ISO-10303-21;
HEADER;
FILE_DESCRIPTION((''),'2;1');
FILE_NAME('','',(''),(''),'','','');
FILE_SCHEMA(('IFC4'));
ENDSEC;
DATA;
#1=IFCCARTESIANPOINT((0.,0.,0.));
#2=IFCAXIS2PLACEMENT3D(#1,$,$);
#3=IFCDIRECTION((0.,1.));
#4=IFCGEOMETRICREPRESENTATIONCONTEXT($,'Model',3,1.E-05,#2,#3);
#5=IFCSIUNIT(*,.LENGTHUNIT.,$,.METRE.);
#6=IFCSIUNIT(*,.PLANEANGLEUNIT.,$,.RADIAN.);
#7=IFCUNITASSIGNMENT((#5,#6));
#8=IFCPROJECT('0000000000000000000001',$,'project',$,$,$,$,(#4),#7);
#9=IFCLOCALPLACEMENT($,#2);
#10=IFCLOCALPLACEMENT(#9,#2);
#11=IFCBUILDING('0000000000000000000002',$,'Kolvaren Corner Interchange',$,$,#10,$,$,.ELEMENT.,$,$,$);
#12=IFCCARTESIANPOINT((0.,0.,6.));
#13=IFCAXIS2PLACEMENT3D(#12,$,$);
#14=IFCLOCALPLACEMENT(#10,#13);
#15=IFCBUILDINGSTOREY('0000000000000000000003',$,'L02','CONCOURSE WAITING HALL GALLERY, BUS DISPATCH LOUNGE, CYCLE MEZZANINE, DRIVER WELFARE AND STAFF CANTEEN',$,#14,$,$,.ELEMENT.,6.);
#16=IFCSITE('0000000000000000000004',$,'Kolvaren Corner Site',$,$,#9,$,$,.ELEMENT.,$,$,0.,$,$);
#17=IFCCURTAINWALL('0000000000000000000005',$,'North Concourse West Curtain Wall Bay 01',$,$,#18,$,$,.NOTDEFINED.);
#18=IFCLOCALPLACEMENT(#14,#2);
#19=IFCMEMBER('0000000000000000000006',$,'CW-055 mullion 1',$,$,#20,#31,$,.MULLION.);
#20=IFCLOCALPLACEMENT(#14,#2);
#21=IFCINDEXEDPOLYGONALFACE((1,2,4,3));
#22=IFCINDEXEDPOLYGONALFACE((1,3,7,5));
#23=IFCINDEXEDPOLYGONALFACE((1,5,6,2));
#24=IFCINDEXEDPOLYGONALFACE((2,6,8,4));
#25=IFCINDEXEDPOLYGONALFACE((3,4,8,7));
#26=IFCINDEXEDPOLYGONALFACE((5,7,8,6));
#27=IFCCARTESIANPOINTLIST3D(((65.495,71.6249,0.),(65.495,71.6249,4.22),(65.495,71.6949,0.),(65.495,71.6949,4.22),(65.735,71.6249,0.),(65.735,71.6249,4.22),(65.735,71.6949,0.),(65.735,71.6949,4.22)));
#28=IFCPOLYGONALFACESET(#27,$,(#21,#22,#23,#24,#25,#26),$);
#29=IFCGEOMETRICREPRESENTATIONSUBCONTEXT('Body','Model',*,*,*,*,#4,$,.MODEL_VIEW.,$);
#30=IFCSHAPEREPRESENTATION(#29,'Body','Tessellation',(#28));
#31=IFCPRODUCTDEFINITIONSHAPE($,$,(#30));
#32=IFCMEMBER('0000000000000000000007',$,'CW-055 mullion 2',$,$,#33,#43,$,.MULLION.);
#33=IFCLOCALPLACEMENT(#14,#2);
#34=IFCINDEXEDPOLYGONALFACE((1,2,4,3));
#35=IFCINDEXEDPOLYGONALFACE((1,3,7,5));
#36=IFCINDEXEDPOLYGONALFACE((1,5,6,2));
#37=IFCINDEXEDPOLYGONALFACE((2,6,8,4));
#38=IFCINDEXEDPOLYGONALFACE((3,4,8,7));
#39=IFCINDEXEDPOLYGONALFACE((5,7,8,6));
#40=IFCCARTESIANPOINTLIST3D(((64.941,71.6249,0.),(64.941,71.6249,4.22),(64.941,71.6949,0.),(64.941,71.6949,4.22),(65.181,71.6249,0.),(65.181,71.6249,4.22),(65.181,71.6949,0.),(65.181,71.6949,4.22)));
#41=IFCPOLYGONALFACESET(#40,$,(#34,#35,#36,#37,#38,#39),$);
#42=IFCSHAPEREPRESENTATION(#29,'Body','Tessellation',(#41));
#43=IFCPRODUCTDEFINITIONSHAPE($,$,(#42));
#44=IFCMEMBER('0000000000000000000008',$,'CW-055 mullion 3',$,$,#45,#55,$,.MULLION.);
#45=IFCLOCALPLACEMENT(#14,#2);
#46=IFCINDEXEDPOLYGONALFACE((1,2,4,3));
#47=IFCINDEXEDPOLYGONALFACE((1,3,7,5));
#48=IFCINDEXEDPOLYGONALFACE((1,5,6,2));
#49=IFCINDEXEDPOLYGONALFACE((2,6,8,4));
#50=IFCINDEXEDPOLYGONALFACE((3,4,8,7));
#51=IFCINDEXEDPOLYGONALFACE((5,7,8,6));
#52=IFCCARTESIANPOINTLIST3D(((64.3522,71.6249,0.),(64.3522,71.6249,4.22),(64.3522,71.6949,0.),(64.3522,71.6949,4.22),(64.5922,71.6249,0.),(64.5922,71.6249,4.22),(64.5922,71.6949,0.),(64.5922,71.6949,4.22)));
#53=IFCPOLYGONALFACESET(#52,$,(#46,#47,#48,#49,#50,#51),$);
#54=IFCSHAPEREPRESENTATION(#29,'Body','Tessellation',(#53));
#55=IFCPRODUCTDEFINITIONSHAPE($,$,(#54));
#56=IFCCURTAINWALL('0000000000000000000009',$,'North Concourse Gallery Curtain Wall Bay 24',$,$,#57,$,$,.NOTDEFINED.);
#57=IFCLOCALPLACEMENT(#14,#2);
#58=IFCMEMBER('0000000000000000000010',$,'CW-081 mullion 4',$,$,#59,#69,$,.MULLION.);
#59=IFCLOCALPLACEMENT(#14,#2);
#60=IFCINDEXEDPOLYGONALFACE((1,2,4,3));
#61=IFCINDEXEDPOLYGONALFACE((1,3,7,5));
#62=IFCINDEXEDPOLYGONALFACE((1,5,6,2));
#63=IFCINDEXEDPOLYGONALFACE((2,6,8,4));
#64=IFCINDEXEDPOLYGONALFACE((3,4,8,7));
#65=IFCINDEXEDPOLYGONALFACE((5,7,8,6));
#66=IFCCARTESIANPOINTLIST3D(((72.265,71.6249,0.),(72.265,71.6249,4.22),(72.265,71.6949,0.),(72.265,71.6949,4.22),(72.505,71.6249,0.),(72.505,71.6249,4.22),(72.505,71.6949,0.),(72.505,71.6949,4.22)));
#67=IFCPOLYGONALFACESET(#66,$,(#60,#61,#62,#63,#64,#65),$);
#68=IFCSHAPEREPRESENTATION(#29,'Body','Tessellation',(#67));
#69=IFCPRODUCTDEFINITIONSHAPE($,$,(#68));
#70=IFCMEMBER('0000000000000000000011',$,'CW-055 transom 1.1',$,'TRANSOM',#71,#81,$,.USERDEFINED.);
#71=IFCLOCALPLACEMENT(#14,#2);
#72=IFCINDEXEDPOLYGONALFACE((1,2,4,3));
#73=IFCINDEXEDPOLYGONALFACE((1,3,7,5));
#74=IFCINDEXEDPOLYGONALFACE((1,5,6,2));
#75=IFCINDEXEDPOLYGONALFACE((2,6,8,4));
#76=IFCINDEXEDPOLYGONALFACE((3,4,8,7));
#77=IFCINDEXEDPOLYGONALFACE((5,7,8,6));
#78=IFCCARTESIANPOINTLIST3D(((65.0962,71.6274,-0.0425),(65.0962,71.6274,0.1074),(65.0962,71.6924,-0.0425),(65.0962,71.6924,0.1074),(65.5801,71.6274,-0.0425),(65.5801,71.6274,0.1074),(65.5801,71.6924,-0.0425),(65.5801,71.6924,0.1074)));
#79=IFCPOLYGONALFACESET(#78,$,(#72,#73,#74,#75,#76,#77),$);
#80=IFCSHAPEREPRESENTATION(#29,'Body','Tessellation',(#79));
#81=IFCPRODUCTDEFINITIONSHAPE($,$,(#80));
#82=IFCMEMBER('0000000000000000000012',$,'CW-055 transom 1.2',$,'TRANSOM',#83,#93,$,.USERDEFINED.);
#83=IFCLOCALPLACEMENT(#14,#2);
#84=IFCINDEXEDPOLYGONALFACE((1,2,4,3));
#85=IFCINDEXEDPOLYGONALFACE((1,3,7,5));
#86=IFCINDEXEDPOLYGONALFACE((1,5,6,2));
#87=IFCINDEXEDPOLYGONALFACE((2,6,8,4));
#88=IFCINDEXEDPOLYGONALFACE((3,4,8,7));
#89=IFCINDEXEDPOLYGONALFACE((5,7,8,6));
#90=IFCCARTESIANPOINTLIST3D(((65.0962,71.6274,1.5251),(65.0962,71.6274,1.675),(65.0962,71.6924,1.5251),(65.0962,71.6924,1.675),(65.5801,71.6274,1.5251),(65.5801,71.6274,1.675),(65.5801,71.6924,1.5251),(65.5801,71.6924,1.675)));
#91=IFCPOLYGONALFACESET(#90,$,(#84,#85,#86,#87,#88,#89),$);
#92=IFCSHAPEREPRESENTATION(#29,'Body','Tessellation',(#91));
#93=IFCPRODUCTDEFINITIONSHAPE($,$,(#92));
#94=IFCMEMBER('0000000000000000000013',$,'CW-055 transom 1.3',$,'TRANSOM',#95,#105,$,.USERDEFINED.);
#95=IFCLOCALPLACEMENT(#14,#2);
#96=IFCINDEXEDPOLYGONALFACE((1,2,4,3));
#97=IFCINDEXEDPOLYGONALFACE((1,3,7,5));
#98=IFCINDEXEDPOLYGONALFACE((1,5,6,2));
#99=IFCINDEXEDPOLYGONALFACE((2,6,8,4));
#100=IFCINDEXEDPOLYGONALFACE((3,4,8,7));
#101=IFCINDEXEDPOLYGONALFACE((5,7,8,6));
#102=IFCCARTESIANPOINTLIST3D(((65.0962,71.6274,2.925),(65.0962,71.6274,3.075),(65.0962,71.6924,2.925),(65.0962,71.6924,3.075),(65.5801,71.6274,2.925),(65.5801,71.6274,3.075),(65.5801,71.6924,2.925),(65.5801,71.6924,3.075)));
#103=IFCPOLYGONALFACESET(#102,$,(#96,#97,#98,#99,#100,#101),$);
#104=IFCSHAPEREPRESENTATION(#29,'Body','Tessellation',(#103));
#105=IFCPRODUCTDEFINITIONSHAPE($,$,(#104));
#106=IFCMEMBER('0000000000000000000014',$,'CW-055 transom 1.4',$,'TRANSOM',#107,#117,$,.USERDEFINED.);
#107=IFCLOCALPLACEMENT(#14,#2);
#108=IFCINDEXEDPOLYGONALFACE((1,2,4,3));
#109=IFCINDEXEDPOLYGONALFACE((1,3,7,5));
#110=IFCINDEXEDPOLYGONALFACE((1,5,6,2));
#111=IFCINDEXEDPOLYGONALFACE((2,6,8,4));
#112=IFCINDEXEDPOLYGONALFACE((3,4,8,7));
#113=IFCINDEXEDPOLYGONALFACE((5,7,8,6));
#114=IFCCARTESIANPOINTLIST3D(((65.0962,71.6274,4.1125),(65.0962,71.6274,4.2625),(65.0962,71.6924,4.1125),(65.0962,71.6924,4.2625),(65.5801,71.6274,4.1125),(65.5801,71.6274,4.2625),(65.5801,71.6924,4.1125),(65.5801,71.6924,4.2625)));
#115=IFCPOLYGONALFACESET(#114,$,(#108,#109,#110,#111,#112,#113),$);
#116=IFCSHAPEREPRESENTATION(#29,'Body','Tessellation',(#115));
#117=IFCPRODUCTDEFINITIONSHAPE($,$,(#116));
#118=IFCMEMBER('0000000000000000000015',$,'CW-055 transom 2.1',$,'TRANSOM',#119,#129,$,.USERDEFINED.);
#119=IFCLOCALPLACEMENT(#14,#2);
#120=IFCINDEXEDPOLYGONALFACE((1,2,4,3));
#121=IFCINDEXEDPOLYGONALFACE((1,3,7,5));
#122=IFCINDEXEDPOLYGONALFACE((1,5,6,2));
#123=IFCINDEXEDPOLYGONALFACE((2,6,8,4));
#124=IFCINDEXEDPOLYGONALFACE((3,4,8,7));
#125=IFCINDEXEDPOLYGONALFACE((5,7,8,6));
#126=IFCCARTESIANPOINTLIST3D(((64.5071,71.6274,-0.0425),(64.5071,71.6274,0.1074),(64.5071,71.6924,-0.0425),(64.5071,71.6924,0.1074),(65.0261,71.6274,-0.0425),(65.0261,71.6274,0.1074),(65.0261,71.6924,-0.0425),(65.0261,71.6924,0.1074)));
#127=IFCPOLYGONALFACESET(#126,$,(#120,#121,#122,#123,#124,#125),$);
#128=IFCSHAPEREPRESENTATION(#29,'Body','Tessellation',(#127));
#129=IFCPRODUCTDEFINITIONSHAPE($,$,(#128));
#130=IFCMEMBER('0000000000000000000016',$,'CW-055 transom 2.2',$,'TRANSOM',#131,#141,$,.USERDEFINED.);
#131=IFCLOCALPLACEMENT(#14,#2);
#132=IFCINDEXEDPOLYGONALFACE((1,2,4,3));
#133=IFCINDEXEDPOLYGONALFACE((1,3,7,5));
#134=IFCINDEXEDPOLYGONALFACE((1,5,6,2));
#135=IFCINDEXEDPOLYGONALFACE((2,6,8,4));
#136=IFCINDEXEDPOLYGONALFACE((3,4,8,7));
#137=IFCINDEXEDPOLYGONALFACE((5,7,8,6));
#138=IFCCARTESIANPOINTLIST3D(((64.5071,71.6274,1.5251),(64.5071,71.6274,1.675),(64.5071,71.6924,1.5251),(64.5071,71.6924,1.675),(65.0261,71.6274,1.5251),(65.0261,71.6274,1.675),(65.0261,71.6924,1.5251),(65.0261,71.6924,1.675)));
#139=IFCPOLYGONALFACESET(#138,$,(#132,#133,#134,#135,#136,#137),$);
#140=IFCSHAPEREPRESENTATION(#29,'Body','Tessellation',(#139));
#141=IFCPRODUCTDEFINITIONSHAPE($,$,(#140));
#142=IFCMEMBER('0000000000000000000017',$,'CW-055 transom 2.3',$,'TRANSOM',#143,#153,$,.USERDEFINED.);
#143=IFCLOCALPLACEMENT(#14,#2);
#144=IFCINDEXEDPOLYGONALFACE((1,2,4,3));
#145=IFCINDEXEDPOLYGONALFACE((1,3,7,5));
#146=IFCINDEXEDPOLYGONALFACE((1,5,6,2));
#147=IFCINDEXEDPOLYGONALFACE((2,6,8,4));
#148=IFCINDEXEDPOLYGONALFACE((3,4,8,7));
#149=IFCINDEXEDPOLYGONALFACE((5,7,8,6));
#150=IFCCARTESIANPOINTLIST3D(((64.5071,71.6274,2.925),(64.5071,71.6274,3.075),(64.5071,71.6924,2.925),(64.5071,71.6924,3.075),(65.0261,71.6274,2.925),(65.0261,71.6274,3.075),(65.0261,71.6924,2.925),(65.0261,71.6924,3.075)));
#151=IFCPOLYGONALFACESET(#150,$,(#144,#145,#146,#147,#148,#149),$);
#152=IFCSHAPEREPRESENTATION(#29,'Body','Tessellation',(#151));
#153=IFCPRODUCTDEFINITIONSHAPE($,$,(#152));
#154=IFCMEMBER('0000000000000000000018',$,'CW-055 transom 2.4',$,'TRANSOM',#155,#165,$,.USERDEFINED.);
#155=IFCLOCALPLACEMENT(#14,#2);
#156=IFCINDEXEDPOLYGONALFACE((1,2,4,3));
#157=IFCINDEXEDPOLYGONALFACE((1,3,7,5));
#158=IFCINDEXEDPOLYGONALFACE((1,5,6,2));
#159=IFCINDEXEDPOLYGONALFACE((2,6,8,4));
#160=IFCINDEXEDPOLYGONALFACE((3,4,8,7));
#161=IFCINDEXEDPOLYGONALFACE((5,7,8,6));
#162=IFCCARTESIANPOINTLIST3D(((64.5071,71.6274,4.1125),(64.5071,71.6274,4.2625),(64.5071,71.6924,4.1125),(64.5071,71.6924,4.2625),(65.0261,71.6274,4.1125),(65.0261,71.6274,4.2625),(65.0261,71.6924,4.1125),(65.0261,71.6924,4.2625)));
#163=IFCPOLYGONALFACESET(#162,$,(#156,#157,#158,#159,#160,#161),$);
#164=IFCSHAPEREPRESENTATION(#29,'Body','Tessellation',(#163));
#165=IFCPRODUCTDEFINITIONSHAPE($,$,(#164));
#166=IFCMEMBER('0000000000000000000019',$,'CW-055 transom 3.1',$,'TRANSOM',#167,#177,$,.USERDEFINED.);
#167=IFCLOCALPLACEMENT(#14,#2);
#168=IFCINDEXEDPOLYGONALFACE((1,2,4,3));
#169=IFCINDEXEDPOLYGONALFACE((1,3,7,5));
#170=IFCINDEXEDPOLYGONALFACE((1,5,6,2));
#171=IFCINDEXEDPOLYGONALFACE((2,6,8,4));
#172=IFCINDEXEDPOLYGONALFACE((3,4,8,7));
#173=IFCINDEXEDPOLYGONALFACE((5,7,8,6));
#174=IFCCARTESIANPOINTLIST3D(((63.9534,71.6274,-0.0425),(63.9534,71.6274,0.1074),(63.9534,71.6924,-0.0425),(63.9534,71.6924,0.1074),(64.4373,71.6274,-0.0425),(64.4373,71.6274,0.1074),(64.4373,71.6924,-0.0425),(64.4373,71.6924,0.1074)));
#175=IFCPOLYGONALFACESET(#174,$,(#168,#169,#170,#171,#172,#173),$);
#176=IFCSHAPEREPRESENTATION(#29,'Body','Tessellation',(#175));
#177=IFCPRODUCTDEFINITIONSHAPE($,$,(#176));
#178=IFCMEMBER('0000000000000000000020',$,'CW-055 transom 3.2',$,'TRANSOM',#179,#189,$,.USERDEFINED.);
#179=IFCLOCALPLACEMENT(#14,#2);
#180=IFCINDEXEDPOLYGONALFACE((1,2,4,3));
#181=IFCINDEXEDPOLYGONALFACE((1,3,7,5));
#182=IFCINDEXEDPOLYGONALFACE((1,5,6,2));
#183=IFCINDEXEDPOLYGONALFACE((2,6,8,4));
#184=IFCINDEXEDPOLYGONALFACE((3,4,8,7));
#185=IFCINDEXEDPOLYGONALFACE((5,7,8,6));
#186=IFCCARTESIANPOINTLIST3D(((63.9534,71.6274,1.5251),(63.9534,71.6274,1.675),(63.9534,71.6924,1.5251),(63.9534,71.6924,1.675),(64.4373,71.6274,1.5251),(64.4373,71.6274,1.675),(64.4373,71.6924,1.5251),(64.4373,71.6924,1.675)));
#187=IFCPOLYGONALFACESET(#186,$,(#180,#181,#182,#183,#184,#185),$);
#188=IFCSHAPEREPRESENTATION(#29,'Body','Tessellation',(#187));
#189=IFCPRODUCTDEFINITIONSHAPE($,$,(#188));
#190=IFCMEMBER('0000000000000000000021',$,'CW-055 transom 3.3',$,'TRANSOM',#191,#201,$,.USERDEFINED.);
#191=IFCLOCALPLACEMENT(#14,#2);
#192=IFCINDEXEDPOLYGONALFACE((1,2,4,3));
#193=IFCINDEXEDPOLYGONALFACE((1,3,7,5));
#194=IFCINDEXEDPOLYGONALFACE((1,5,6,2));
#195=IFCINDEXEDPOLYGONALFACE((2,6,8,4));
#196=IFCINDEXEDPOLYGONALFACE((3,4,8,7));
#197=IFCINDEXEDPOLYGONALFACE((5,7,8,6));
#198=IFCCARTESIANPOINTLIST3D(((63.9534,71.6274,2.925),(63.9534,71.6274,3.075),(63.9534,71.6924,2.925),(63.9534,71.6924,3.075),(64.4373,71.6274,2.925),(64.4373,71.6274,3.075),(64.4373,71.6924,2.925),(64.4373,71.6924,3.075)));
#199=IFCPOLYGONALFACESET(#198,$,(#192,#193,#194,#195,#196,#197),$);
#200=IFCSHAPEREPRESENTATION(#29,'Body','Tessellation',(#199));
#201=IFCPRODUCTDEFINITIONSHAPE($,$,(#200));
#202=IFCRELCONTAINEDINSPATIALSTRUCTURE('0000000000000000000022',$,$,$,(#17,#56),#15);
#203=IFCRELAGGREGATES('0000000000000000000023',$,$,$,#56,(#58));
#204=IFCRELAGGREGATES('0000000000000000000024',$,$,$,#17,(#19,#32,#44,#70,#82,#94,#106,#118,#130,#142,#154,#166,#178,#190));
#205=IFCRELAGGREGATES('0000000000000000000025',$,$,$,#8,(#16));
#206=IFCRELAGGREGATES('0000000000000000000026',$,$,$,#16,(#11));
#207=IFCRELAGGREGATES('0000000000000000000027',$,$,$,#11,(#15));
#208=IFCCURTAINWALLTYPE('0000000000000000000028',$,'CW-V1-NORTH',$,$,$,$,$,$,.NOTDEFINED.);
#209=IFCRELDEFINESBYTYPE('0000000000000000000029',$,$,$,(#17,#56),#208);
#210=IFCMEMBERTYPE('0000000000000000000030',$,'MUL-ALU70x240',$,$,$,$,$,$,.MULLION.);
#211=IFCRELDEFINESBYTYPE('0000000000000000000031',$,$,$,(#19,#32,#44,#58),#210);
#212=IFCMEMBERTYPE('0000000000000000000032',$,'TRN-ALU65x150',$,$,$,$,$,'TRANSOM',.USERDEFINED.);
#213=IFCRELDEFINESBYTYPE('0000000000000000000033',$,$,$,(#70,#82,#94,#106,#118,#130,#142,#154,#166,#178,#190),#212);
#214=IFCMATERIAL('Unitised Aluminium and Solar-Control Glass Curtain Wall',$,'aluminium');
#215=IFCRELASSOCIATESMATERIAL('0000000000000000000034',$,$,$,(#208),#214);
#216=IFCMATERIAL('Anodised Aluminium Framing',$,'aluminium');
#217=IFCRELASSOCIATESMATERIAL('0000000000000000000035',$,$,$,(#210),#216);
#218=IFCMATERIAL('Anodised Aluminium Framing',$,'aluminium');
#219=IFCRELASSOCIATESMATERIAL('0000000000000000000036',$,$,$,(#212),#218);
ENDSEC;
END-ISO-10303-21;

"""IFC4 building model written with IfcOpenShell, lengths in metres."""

from ifc_helpers import new_model, si_unit, direction, frame, origin, origin_2d, place, context, subcontext, project, spatial, rectangle, extrude, material, material_profile, profile_set, type_object, element, aggregate, save


model = new_model("IFC4")

# Units and contexts
model_context = context("Model", 3, precision=1e-05, world=origin(), true_north=direction((0.0, 1.0)))
body_context = subcontext(model_context, "Body", "Model", "MODEL_VIEW")
ifc_project = project(units=[si_unit("LENGTHUNIT", "METRE"), si_unit("PLANEANGLEUNIT", "RADIAN")], contexts=[model_context])

# Site, building, storey
site_placement = place(None, origin())
site = spatial("IfcSite", under=ifc_project, at=site_placement, Name="Kolvaren Corner Site", CompositionType="ELEMENT", RefElevation=0.0)
building_placement = place(site_placement, origin())
building = spatial("IfcBuilding", under=site, at=building_placement, Name="Kolvaren Corner Interchange", CompositionType="ELEMENT")
storey_placement = place(building_placement, frame((0.0, 0.0, 6.0)))
storey = spatial("IfcBuildingStorey", under=building, at=storey_placement, Name="L02", Description="CONCOURSE WAITING HALL GALLERY, BUS DISPATCH LOUNGE, CYCLE MEZZANINE, DRIVER WELFARE AND STAFF CANTEEN", CompositionType="ELEMENT", Elevation=6.0)

# Curtain wall, members
ifc_material_1 = material(Name="Unitised Aluminium and Solar-Control Glass Curtain Wall", Category="aluminium")
curtain_wall_type = type_object("IfcCurtainWallType", Name="CW-V1-NORTH", PredefinedType="NOTDEFINED", material=ifc_material_1)
curtain_wall_1_placement = place(storey_placement, origin())
curtain_wall_1 = element("IfcCurtainWall", 1, at=curtain_wall_1_placement, inside=storey, type_object=curtain_wall_type, Name="North Concourse West Curtain Wall Bay 01", PredefinedType="NOTDEFINED")
ifc_material_2 = material(Name="Anodised Aluminium Framing", Category="aluminium")
ifc_material_profile_1 = material_profile(ifc_material_2, rectangle(XDim=0.0701, YDim=0.24, at=origin_2d()), Name="ALU 70x240")
ifc_profile_set_1 = profile_set([ifc_material_profile_1], Name="Anodised Aluminium Framing")
member_type_1 = type_object("IfcMemberType", Name="MUL-ALU70x240", PredefinedType="MULLION", material=ifc_profile_set_1)
member_1_placement = place(storey_placement, frame((65.615, 71.6599, 0.0), z_axis=(0.0, 0.0, 1.0), x_axis=(0.0, -1.0, 0.0)))
member_1 = element("IfcMember", 2, at=member_1_placement, type_object=member_type_1, Name="CW-055 mullion 1", PredefinedType="MULLION", context=body_context, shape_type="SweptSolid", body=[
    extrude(rectangle(XDim=0.0701, YDim=0.24, at=origin_2d()), origin(), (0.0, 0.0, 1.0), 4.22),
])
member_2_placement = place(storey_placement, frame((65.061, 71.6599, 0.0), z_axis=(0.0, 0.0, 1.0), x_axis=(0.0, -1.0, 0.0)))
member_2 = element("IfcMember", 3, at=member_2_placement, type_object=member_type_1, Name="CW-055 mullion 2", PredefinedType="MULLION", context=body_context, shape_type="SweptSolid", body=[
    extrude(rectangle(XDim=0.0701, YDim=0.24, at=origin_2d()), origin(), (0.0, 0.0, 1.0), 4.22),
])
member_3_placement = place(storey_placement, frame((64.4722, 71.6599, 0.0), z_axis=(0.0, 0.0, 1.0), x_axis=(0.0, -1.0, 0.0)))
member_3 = element("IfcMember", 4, at=member_3_placement, type_object=member_type_1, Name="CW-055 mullion 3", PredefinedType="MULLION", context=body_context, shape_type="SweptSolid", body=[
    extrude(rectangle(XDim=0.0701, YDim=0.24, at=origin_2d()), origin(), (0.0, 0.0, 1.0), 4.22),
])

# Curtain wall, member
curtain_wall_2_placement = place(storey_placement, origin())
curtain_wall_2 = element("IfcCurtainWall", 5, at=curtain_wall_2_placement, inside=storey, type_object=curtain_wall_type, Name="North Concourse Gallery Curtain Wall Bay 24", PredefinedType="NOTDEFINED")
member_4_placement = place(storey_placement, frame((72.385, 71.6599, 0.0), z_axis=(0.0, 0.0, 1.0), x_axis=(0.0, -1.0, 0.0)))
member_4 = element("IfcMember", 6, at=member_4_placement, type_object=member_type_1, Name="CW-081 mullion 4", PredefinedType="MULLION", context=body_context, shape_type="SweptSolid", body=[
    extrude(rectangle(XDim=0.0701, YDim=0.24, at=origin_2d()), origin(), (0.0, 0.0, 1.0), 4.22),
])
aggregate(curtain_wall_2, [member_4])

# Members
ifc_material_3 = material(Name="Anodised Aluminium Framing", Category="aluminium")
ifc_material_profile_2 = material_profile(ifc_material_3, rectangle(XDim=0.0649, YDim=0.1499, at=origin_2d()), Name="ALU 65x150")
ifc_profile_set_2 = profile_set([ifc_material_profile_2], Name="Anodised Aluminium Framing")
member_type_2 = type_object("IfcMemberType", Name="TRN-ALU65x150", ElementType="TRANSOM", PredefinedType="USERDEFINED", material=ifc_profile_set_2)
member_5_placement = place(storey_placement, frame((65.5801, 71.6599, 0.0325), z_axis=(-1.0, 0.0, 0.0), x_axis=(0.0, -1.0, 0.0)))
member_5 = element("IfcMember", 7, at=member_5_placement, type_object=member_type_2, Name="CW-055 transom 1.1", ObjectType="TRANSOM", PredefinedType="USERDEFINED", context=body_context, shape_type="SweptSolid", body=[
    extrude(rectangle(XDim=0.0649, YDim=0.1499, at=origin_2d()), origin(), (0.0, 0.0, 1.0), 0.4839),
])
member_6_placement = place(storey_placement, frame((65.5801, 71.6599, 1.6001), z_axis=(-1.0, 0.0, 0.0), x_axis=(0.0, -1.0, 0.0)))
member_6 = element("IfcMember", 8, at=member_6_placement, type_object=member_type_2, Name="CW-055 transom 1.2", ObjectType="TRANSOM", PredefinedType="USERDEFINED", context=body_context, shape_type="SweptSolid", body=[
    extrude(rectangle(XDim=0.0649, YDim=0.1499, at=origin_2d()), origin(), (0.0, 0.0, 1.0), 0.4839),
])
member_7_placement = place(storey_placement, frame((65.5801, 71.6599, 3.0), z_axis=(-1.0, 0.0, 0.0), x_axis=(0.0, -1.0, 0.0)))
member_7 = element("IfcMember", 9, at=member_7_placement, type_object=member_type_2, Name="CW-055 transom 1.3", ObjectType="TRANSOM", PredefinedType="USERDEFINED", context=body_context, shape_type="SweptSolid", body=[
    extrude(rectangle(XDim=0.0649, YDim=0.1499, at=origin_2d()), origin(), (0.0, 0.0, 1.0), 0.4839),
])
member_8_placement = place(storey_placement, frame((65.5801, 71.6599, 4.1875), z_axis=(-1.0, 0.0, 0.0), x_axis=(0.0, -1.0, 0.0)))
member_8 = element("IfcMember", 10, at=member_8_placement, type_object=member_type_2, Name="CW-055 transom 1.4", ObjectType="TRANSOM", PredefinedType="USERDEFINED", context=body_context, shape_type="SweptSolid", body=[
    extrude(rectangle(XDim=0.0649, YDim=0.1499, at=origin_2d()), origin(), (0.0, 0.0, 1.0), 0.4839),
])
member_9_placement = place(storey_placement, frame((65.0261, 71.6599, 0.0325), z_axis=(-1.0, 0.0, 0.0), x_axis=(0.0, -1.0, 0.0)))
member_9 = element("IfcMember", 11, at=member_9_placement, type_object=member_type_2, Name="CW-055 transom 2.1", ObjectType="TRANSOM", PredefinedType="USERDEFINED", context=body_context, shape_type="SweptSolid", body=[
    extrude(rectangle(XDim=0.0649, YDim=0.1499, at=origin_2d()), origin(), (0.0, 0.0, 1.0), 0.519),
])
member_10_placement = place(storey_placement, frame((65.0261, 71.6599, 1.6001), z_axis=(-1.0, 0.0, 0.0), x_axis=(0.0, -1.0, 0.0)))
member_10 = element("IfcMember", 12, at=member_10_placement, type_object=member_type_2, Name="CW-055 transom 2.2", ObjectType="TRANSOM", PredefinedType="USERDEFINED", context=body_context, shape_type="SweptSolid", body=[
    extrude(rectangle(XDim=0.0649, YDim=0.1499, at=origin_2d()), origin(), (0.0, 0.0, 1.0), 0.519),
])
member_11_placement = place(storey_placement, frame((65.0261, 71.6599, 3.0), z_axis=(-1.0, 0.0, 0.0), x_axis=(0.0, -1.0, 0.0)))
member_11 = element("IfcMember", 13, at=member_11_placement, type_object=member_type_2, Name="CW-055 transom 2.3", ObjectType="TRANSOM", PredefinedType="USERDEFINED", context=body_context, shape_type="SweptSolid", body=[
    extrude(rectangle(XDim=0.0649, YDim=0.1499, at=origin_2d()), origin(), (0.0, 0.0, 1.0), 0.519),
])
member_12_placement = place(storey_placement, frame((65.0261, 71.6599, 4.1875), z_axis=(-1.0, 0.0, 0.0), x_axis=(0.0, -1.0, 0.0)))
member_12 = element("IfcMember", 14, at=member_12_placement, type_object=member_type_2, Name="CW-055 transom 2.4", ObjectType="TRANSOM", PredefinedType="USERDEFINED", context=body_context, shape_type="SweptSolid", body=[
    extrude(rectangle(XDim=0.0649, YDim=0.1499, at=origin_2d()), origin(), (0.0, 0.0, 1.0), 0.519),
])
member_13_placement = place(storey_placement, frame((64.4373, 71.6599, 0.0325), z_axis=(-1.0, 0.0, 0.0), x_axis=(0.0, -1.0, 0.0)))
member_13 = element("IfcMember", 15, at=member_13_placement, type_object=member_type_2, Name="CW-055 transom 3.1", ObjectType="TRANSOM", PredefinedType="USERDEFINED", context=body_context, shape_type="SweptSolid", body=[
    extrude(rectangle(XDim=0.0649, YDim=0.1499, at=origin_2d()), origin(), (0.0, 0.0, 1.0), 0.4839),
])
member_14_placement = place(storey_placement, frame((64.4373, 71.6599, 1.6001), z_axis=(-1.0, 0.0, 0.0), x_axis=(0.0, -1.0, 0.0)))
member_14 = element("IfcMember", 16, at=member_14_placement, type_object=member_type_2, Name="CW-055 transom 3.2", ObjectType="TRANSOM", PredefinedType="USERDEFINED", context=body_context, shape_type="SweptSolid", body=[
    extrude(rectangle(XDim=0.0649, YDim=0.1499, at=origin_2d()), origin(), (0.0, 0.0, 1.0), 0.4839),
])
member_15_placement = place(storey_placement, frame((64.4373, 71.6599, 3.0), z_axis=(-1.0, 0.0, 0.0), x_axis=(0.0, -1.0, 0.0)))
member_15 = element("IfcMember", 17, at=member_15_placement, type_object=member_type_2, Name="CW-055 transom 3.3", ObjectType="TRANSOM", PredefinedType="USERDEFINED", context=body_context, shape_type="SweptSolid", body=[
    extrude(rectangle(XDim=0.0649, YDim=0.1499, at=origin_2d()), origin(), (0.0, 0.0, 1.0), 0.4839),
])

aggregate(curtain_wall_1, [member_1, member_2, member_3, member_5, member_6, member_7, member_8, member_9, member_10, member_11, member_12, member_13, member_14, member_15])

save(model, "model.ifc")
